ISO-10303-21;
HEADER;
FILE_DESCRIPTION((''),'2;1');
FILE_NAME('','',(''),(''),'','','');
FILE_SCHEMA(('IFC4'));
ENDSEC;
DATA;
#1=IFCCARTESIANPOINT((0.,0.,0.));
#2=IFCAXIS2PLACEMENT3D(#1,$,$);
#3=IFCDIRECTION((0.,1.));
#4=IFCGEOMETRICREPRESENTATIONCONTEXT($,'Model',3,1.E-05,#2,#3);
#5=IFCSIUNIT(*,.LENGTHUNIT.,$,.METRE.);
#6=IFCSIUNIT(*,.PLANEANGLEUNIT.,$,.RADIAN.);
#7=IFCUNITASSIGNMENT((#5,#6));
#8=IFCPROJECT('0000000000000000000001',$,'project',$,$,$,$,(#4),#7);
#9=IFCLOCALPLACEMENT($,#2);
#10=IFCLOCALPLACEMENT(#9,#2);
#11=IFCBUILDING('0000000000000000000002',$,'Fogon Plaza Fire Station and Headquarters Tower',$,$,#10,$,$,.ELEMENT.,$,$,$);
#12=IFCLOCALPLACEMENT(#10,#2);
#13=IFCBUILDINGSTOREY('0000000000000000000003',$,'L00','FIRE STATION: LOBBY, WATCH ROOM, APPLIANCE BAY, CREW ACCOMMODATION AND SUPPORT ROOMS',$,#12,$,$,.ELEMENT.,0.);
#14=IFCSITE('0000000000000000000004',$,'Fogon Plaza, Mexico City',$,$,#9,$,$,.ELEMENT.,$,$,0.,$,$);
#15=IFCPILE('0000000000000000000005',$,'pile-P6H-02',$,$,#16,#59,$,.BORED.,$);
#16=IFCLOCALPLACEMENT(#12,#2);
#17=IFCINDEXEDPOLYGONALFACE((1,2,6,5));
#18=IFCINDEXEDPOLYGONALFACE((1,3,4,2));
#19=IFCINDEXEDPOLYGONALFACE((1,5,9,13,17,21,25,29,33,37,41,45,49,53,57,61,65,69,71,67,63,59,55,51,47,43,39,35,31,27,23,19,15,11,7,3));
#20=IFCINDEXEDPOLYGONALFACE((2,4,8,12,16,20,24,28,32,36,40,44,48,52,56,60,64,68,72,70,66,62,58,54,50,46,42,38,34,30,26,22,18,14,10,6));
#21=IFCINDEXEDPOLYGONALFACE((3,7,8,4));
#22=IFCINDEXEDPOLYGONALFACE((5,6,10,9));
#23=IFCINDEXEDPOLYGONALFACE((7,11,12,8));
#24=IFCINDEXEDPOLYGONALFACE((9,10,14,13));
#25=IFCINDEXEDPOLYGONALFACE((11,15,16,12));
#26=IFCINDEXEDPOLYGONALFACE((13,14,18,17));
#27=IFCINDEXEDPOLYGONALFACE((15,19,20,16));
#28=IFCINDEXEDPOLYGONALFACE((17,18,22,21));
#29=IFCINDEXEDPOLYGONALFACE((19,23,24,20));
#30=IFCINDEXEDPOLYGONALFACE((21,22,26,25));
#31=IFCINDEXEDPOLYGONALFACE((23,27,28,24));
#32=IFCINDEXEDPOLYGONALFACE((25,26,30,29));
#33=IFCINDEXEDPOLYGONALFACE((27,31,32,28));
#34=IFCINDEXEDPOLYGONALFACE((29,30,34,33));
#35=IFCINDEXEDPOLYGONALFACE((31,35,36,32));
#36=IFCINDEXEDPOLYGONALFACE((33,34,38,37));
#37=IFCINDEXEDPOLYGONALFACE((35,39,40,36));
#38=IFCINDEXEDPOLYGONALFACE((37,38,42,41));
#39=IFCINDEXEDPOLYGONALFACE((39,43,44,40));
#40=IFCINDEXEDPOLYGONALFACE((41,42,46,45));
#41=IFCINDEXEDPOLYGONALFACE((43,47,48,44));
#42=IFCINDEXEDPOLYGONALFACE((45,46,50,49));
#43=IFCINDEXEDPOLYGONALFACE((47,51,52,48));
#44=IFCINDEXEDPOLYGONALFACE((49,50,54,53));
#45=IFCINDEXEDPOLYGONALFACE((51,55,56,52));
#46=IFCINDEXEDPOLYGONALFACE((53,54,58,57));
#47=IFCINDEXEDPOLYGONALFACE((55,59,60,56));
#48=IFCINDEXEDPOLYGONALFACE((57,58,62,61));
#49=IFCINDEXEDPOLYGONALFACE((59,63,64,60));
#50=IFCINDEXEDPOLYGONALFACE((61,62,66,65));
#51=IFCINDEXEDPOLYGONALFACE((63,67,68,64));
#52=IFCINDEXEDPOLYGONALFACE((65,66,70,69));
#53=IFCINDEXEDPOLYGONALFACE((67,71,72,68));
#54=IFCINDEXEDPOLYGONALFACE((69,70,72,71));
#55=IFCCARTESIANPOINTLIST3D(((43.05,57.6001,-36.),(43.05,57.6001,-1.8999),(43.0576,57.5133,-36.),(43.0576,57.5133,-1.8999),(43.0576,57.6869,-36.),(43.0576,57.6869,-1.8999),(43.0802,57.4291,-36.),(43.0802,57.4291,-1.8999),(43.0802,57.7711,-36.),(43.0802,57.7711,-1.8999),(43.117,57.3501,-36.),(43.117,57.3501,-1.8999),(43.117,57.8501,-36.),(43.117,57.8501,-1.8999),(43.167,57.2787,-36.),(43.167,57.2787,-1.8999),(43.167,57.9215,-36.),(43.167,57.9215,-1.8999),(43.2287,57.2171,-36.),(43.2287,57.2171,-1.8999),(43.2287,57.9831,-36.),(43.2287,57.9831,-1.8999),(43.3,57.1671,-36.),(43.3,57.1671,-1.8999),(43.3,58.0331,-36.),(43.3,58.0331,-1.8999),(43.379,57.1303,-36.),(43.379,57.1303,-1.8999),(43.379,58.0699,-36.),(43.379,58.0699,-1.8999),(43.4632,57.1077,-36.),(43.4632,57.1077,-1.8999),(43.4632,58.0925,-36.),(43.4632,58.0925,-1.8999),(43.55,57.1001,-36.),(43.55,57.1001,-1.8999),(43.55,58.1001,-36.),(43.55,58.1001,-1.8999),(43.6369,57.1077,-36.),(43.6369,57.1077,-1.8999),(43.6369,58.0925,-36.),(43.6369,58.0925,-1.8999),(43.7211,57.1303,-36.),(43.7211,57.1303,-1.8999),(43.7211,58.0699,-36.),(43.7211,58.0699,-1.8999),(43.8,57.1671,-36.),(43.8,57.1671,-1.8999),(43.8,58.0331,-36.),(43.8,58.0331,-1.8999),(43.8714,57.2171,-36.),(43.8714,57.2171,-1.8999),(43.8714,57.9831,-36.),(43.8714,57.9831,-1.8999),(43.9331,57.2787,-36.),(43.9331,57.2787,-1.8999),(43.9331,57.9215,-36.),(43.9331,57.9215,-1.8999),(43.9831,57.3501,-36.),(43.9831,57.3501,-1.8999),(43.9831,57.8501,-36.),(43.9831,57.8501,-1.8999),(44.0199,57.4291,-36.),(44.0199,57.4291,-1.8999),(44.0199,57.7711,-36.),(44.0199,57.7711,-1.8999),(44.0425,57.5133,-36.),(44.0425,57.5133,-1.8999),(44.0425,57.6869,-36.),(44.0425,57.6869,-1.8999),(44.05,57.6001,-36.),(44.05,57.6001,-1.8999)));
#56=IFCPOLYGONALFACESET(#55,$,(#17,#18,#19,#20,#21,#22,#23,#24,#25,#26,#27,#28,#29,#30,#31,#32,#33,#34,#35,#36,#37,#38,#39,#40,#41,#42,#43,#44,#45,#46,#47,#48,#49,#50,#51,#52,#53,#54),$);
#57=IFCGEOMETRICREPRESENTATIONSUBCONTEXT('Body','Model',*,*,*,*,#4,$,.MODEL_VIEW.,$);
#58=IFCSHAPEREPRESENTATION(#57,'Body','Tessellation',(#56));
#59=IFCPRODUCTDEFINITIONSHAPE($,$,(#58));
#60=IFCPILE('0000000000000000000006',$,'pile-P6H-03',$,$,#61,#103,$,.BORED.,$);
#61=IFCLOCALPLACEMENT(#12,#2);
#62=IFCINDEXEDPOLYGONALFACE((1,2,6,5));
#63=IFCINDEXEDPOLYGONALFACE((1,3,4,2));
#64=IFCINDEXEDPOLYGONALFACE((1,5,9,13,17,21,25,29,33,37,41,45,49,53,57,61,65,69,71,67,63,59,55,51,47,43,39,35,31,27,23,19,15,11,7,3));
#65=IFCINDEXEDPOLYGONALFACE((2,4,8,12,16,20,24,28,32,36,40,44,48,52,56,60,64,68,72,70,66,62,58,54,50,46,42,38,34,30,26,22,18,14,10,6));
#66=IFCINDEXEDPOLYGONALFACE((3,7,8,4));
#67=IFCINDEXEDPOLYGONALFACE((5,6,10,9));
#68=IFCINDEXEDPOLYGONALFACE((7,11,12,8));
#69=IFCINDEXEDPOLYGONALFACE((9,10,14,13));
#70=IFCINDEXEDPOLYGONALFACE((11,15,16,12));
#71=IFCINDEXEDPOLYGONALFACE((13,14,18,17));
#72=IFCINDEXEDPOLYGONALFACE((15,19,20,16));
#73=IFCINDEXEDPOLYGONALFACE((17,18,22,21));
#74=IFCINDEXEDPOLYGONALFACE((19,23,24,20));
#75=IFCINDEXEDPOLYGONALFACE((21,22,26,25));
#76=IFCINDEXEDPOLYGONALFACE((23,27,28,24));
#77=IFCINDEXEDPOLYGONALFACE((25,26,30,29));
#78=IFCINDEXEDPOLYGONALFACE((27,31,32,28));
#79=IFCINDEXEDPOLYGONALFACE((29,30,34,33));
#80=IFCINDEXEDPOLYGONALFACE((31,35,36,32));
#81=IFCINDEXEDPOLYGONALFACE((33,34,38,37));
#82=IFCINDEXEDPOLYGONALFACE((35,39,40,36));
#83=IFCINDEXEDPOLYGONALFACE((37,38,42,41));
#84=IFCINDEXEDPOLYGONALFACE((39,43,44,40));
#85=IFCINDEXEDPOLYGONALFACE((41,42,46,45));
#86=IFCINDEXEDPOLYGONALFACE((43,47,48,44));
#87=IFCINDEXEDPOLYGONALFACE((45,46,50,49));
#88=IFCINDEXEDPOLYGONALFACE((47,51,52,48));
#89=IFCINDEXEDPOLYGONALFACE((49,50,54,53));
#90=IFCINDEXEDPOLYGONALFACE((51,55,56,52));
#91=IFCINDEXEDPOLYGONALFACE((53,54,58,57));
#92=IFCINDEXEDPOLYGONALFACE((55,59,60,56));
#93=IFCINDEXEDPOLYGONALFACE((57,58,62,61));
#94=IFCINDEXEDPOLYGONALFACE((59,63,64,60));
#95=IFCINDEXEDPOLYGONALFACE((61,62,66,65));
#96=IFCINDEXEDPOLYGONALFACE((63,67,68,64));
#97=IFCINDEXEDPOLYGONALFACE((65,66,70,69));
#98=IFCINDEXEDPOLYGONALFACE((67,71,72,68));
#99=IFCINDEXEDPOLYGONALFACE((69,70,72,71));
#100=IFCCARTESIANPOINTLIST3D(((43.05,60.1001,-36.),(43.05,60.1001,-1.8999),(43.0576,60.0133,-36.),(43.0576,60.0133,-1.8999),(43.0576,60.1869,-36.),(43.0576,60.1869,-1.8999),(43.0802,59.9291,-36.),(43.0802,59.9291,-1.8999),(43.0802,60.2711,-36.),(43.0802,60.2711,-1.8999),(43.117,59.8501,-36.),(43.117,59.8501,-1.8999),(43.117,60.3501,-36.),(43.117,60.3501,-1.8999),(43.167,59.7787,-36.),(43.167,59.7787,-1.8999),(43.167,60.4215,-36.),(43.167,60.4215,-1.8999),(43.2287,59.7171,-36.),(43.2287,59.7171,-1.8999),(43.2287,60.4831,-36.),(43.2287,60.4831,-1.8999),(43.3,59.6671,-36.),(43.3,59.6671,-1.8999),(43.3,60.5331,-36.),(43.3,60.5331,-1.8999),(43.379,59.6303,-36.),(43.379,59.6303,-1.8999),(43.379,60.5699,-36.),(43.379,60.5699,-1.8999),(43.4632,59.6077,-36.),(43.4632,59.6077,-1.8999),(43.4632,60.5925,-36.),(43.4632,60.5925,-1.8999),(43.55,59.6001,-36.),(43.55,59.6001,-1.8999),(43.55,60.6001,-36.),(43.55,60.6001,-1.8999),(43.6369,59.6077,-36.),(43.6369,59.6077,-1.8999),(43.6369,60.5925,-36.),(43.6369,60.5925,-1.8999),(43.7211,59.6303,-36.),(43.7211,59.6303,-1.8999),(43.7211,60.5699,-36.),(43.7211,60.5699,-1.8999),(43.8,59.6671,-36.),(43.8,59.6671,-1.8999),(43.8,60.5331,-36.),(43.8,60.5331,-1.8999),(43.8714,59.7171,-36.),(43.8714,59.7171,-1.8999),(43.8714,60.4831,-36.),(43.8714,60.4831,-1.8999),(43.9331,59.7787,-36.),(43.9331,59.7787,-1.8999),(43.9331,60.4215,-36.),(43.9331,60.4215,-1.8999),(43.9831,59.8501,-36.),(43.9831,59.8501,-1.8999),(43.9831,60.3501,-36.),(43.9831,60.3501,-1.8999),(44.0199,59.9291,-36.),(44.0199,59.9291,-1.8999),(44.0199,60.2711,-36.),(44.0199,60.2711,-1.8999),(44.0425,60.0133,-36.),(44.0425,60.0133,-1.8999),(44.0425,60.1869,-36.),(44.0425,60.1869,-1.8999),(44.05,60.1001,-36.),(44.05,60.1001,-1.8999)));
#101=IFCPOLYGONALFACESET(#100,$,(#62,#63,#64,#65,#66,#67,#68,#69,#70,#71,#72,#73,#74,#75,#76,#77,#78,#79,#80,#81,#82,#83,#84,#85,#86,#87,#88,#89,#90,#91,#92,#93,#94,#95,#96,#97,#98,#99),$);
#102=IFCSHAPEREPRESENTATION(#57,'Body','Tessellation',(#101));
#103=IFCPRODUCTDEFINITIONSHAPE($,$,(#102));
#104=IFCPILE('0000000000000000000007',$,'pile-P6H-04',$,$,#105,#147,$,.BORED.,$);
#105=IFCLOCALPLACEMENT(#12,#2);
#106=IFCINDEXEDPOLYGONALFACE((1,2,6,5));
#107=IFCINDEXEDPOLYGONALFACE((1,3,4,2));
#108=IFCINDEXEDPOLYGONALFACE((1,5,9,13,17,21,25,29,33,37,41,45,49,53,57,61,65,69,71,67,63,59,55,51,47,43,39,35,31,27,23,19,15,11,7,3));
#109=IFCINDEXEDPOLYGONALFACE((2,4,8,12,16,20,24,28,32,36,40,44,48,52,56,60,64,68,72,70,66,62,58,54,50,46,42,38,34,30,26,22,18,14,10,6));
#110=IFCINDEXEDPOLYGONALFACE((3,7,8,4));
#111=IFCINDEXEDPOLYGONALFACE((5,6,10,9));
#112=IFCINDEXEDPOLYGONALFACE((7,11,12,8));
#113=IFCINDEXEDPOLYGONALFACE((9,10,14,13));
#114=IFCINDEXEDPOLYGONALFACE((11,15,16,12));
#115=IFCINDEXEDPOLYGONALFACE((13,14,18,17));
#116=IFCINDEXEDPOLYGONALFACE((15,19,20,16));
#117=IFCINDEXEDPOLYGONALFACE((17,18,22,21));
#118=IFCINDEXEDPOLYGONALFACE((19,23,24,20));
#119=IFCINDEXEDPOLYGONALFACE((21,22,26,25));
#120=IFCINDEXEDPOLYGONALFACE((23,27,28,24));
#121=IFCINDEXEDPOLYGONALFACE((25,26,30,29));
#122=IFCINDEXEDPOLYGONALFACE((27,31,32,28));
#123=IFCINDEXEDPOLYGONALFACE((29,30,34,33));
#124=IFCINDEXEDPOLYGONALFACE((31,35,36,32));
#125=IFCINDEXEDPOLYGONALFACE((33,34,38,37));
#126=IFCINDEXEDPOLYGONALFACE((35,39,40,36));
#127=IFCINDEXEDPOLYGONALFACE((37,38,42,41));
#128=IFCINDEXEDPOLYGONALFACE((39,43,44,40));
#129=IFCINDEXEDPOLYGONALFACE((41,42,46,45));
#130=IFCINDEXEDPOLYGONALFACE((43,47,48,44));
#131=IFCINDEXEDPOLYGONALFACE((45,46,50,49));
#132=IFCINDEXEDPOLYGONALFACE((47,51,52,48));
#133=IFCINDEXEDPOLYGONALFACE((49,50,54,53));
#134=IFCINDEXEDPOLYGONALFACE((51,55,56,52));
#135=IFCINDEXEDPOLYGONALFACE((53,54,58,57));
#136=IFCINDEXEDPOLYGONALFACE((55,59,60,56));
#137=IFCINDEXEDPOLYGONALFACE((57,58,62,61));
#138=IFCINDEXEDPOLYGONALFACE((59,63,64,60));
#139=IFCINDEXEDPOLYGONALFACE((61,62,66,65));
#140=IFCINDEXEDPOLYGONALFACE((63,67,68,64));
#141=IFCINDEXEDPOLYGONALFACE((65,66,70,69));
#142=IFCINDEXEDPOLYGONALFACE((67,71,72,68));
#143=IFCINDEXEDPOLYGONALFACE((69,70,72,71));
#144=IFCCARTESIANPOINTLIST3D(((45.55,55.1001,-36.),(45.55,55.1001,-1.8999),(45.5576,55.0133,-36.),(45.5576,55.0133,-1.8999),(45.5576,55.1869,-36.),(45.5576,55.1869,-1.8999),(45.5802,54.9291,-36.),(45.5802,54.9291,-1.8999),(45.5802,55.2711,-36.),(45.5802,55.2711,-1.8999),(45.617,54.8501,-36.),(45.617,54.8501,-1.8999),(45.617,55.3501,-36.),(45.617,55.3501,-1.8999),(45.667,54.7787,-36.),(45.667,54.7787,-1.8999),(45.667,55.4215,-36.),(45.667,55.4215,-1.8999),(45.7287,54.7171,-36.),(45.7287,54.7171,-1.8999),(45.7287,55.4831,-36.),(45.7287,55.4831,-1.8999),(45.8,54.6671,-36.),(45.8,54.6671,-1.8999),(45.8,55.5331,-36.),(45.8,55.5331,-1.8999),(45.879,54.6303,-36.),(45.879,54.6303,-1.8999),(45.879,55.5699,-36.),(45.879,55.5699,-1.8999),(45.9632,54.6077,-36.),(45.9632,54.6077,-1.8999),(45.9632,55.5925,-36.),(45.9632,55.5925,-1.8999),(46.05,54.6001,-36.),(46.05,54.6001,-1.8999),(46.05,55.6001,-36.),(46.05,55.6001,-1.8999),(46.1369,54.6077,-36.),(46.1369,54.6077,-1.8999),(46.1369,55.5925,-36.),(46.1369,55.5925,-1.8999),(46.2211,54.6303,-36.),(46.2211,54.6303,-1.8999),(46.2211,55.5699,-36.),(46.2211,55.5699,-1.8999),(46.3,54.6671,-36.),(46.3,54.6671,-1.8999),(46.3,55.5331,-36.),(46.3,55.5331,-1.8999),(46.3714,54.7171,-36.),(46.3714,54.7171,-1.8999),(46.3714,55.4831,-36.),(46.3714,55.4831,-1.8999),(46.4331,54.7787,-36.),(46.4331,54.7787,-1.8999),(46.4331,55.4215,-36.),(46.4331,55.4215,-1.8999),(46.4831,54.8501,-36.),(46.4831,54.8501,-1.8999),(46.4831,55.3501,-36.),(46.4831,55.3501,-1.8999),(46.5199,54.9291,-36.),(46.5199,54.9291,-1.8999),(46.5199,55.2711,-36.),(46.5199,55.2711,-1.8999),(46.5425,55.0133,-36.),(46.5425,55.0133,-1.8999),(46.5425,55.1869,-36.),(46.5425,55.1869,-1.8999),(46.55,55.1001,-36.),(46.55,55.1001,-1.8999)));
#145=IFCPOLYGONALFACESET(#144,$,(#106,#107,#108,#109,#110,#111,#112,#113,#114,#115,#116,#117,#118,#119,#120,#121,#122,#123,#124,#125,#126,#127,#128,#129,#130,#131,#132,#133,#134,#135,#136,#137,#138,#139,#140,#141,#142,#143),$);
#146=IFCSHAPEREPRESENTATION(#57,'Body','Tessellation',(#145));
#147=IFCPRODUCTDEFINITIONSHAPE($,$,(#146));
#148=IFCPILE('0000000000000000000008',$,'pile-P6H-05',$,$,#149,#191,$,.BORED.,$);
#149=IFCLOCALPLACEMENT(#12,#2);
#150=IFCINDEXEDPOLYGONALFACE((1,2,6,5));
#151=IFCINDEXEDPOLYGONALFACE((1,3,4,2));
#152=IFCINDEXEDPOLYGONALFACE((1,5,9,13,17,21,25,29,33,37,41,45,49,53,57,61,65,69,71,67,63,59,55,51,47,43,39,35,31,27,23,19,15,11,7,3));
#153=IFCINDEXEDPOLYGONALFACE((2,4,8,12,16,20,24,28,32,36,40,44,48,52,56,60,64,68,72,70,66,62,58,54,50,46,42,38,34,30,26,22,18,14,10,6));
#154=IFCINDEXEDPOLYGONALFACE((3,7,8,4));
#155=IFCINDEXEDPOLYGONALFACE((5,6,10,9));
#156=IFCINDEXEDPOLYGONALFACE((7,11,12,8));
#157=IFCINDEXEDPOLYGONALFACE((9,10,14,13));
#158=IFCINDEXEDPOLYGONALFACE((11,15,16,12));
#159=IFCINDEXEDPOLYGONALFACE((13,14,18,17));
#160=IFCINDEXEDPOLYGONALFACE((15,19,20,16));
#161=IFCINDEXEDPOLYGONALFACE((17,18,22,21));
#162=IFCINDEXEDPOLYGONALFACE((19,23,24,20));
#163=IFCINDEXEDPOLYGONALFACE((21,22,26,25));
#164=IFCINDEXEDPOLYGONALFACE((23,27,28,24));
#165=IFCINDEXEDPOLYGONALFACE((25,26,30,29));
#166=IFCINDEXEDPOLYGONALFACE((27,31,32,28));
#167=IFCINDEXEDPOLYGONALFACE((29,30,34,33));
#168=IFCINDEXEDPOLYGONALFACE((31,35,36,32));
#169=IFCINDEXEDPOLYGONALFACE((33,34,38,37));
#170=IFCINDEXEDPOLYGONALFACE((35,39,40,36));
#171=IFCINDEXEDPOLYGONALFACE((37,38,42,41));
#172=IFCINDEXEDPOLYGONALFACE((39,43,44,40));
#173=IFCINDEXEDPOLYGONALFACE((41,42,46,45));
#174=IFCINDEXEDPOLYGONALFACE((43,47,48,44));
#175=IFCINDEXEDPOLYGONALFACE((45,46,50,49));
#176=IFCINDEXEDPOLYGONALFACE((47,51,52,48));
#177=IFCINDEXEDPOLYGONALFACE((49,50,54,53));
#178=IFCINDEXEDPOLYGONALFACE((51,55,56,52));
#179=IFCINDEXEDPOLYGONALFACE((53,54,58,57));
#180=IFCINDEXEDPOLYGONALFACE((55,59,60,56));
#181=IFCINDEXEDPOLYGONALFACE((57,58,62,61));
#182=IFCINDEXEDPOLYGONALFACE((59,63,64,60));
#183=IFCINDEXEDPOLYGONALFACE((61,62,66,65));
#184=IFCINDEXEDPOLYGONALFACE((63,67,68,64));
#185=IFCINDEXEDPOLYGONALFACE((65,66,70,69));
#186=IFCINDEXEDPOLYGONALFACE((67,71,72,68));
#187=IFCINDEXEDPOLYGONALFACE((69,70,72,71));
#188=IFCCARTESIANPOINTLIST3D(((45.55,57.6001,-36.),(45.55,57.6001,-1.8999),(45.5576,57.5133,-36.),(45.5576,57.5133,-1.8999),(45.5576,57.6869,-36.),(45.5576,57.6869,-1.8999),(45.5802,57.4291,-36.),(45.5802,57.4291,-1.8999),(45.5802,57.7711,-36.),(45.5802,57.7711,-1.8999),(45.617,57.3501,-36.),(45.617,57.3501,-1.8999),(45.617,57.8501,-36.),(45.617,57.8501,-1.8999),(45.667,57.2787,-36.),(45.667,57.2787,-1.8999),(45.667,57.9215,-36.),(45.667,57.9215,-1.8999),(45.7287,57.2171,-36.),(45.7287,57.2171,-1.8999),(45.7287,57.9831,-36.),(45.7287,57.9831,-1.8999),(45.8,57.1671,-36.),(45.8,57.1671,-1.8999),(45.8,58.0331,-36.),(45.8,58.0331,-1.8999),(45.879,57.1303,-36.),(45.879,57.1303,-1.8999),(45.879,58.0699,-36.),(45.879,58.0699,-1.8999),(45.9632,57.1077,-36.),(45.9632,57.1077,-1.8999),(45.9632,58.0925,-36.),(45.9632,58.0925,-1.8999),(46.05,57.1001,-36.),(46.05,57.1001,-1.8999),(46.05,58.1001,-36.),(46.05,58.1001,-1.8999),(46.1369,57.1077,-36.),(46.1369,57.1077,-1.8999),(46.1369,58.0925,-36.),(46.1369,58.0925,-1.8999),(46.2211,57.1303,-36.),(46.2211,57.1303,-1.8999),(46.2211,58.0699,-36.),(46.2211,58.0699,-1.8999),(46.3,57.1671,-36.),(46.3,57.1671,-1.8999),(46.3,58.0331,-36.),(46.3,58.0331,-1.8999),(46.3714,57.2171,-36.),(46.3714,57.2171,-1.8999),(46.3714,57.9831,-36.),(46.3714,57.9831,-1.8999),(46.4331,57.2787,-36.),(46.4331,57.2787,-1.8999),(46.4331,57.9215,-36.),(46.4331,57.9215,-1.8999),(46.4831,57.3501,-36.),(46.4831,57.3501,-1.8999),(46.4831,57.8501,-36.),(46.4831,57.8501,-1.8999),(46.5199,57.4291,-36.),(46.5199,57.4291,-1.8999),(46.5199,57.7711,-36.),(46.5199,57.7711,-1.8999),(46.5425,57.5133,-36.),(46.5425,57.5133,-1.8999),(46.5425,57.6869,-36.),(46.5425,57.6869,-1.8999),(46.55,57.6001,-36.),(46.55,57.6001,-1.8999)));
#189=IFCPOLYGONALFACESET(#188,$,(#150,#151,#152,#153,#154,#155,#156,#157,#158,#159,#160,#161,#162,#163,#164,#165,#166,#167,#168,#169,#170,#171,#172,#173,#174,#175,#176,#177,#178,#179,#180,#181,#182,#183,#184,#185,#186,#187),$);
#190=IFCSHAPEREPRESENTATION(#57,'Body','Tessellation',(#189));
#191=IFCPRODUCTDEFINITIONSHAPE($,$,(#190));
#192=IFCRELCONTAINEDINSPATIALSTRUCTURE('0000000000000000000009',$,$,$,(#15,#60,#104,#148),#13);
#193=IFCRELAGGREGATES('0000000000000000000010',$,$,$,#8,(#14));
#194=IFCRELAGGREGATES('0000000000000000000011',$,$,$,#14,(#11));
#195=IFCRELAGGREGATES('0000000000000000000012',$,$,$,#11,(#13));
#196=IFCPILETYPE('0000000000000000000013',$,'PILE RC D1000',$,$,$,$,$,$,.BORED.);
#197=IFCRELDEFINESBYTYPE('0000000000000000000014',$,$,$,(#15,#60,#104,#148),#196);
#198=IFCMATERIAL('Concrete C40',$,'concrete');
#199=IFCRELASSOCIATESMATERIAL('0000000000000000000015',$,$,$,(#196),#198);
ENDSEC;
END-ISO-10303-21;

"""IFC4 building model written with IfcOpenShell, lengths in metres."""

from ifc_helpers import new_model, si_unit, direction, frame, origin, origin_2d, place, context, subcontext, project, spatial, circle, extrude, material, material_profile, profile_set, type_object, element, save


model = new_model("IFC4")

# Units and contexts
model_context = context("Model", 3, precision=1e-05, world=origin(), true_north=direction((0.0, 1.0)))
body_context = subcontext(model_context, "Body", "Model", "MODEL_VIEW")
ifc_project = project(units=[si_unit("LENGTHUNIT", "METRE"), si_unit("PLANEANGLEUNIT", "RADIAN")], contexts=[model_context])

# Site, building, storey
site_placement = place(None, origin())
site = spatial("IfcSite", under=ifc_project, at=site_placement, Name="Fogon Plaza, Mexico City", CompositionType="ELEMENT", RefElevation=0.0)
building_placement = place(site_placement, origin())
building = spatial("IfcBuilding", under=site, at=building_placement, Name="Fogon Plaza Fire Station and Headquarters Tower", CompositionType="ELEMENT")
storey_placement = place(building_placement, origin())
storey = spatial("IfcBuildingStorey", under=building, at=storey_placement, Name="L00", Description="FIRE STATION: LOBBY, WATCH ROOM, APPLIANCE BAY, CREW ACCOMMODATION AND SUPPORT ROOMS", CompositionType="ELEMENT", Elevation=0.0)

# Piles
ifc_material_1 = material(Name="Concrete C40", Category="concrete")
ifc_material_profile_1 = material_profile(ifc_material_1, circle(Radius=0.5, at=origin_2d()), Name="RC D1000")
ifc_profile_set_1 = profile_set([ifc_material_profile_1], Name="Concrete C40")
pile_type_1 = type_object("IfcPileType", Name="PILE RC D1000", PredefinedType="BORED", material=ifc_profile_set_1)
for number, where, z_axis, x_axis, name in (
    (1, (43.55, 57.6001, -1.8999), (0.0, 0.0, -1.0), (1.0, 0.0, 0.0), "pile-P6H-02"),
    (2, (43.55, 60.1001, -1.8999), (0.0, 0.0, -1.0), (1.0, 0.0, 0.0), "pile-P6H-03"),
    (3, (46.05, 55.1001, -1.8999), (0.0, 0.0, -1.0), (1.0, 0.0, 0.0), "pile-P6H-04"),
    (4, (46.05, 57.6001, -1.8999), (0.0, 0.0, -1.0), (1.0, 0.0, 0.0), "pile-P6H-05"),
):
    element("IfcPile", number, at=place(storey_placement, frame(where, z_axis=z_axis, x_axis=x_axis)), inside=storey, type_object=pile_type_1, Name=name, PredefinedType="BORED", context=body_context, shape_type="SweptSolid", body=[
        extrude(circle(Radius=0.5, at=origin_2d()), origin(), (0.0, 0.0, 1.0), 34.1001),
    ])

save(model, "model.ifc")
